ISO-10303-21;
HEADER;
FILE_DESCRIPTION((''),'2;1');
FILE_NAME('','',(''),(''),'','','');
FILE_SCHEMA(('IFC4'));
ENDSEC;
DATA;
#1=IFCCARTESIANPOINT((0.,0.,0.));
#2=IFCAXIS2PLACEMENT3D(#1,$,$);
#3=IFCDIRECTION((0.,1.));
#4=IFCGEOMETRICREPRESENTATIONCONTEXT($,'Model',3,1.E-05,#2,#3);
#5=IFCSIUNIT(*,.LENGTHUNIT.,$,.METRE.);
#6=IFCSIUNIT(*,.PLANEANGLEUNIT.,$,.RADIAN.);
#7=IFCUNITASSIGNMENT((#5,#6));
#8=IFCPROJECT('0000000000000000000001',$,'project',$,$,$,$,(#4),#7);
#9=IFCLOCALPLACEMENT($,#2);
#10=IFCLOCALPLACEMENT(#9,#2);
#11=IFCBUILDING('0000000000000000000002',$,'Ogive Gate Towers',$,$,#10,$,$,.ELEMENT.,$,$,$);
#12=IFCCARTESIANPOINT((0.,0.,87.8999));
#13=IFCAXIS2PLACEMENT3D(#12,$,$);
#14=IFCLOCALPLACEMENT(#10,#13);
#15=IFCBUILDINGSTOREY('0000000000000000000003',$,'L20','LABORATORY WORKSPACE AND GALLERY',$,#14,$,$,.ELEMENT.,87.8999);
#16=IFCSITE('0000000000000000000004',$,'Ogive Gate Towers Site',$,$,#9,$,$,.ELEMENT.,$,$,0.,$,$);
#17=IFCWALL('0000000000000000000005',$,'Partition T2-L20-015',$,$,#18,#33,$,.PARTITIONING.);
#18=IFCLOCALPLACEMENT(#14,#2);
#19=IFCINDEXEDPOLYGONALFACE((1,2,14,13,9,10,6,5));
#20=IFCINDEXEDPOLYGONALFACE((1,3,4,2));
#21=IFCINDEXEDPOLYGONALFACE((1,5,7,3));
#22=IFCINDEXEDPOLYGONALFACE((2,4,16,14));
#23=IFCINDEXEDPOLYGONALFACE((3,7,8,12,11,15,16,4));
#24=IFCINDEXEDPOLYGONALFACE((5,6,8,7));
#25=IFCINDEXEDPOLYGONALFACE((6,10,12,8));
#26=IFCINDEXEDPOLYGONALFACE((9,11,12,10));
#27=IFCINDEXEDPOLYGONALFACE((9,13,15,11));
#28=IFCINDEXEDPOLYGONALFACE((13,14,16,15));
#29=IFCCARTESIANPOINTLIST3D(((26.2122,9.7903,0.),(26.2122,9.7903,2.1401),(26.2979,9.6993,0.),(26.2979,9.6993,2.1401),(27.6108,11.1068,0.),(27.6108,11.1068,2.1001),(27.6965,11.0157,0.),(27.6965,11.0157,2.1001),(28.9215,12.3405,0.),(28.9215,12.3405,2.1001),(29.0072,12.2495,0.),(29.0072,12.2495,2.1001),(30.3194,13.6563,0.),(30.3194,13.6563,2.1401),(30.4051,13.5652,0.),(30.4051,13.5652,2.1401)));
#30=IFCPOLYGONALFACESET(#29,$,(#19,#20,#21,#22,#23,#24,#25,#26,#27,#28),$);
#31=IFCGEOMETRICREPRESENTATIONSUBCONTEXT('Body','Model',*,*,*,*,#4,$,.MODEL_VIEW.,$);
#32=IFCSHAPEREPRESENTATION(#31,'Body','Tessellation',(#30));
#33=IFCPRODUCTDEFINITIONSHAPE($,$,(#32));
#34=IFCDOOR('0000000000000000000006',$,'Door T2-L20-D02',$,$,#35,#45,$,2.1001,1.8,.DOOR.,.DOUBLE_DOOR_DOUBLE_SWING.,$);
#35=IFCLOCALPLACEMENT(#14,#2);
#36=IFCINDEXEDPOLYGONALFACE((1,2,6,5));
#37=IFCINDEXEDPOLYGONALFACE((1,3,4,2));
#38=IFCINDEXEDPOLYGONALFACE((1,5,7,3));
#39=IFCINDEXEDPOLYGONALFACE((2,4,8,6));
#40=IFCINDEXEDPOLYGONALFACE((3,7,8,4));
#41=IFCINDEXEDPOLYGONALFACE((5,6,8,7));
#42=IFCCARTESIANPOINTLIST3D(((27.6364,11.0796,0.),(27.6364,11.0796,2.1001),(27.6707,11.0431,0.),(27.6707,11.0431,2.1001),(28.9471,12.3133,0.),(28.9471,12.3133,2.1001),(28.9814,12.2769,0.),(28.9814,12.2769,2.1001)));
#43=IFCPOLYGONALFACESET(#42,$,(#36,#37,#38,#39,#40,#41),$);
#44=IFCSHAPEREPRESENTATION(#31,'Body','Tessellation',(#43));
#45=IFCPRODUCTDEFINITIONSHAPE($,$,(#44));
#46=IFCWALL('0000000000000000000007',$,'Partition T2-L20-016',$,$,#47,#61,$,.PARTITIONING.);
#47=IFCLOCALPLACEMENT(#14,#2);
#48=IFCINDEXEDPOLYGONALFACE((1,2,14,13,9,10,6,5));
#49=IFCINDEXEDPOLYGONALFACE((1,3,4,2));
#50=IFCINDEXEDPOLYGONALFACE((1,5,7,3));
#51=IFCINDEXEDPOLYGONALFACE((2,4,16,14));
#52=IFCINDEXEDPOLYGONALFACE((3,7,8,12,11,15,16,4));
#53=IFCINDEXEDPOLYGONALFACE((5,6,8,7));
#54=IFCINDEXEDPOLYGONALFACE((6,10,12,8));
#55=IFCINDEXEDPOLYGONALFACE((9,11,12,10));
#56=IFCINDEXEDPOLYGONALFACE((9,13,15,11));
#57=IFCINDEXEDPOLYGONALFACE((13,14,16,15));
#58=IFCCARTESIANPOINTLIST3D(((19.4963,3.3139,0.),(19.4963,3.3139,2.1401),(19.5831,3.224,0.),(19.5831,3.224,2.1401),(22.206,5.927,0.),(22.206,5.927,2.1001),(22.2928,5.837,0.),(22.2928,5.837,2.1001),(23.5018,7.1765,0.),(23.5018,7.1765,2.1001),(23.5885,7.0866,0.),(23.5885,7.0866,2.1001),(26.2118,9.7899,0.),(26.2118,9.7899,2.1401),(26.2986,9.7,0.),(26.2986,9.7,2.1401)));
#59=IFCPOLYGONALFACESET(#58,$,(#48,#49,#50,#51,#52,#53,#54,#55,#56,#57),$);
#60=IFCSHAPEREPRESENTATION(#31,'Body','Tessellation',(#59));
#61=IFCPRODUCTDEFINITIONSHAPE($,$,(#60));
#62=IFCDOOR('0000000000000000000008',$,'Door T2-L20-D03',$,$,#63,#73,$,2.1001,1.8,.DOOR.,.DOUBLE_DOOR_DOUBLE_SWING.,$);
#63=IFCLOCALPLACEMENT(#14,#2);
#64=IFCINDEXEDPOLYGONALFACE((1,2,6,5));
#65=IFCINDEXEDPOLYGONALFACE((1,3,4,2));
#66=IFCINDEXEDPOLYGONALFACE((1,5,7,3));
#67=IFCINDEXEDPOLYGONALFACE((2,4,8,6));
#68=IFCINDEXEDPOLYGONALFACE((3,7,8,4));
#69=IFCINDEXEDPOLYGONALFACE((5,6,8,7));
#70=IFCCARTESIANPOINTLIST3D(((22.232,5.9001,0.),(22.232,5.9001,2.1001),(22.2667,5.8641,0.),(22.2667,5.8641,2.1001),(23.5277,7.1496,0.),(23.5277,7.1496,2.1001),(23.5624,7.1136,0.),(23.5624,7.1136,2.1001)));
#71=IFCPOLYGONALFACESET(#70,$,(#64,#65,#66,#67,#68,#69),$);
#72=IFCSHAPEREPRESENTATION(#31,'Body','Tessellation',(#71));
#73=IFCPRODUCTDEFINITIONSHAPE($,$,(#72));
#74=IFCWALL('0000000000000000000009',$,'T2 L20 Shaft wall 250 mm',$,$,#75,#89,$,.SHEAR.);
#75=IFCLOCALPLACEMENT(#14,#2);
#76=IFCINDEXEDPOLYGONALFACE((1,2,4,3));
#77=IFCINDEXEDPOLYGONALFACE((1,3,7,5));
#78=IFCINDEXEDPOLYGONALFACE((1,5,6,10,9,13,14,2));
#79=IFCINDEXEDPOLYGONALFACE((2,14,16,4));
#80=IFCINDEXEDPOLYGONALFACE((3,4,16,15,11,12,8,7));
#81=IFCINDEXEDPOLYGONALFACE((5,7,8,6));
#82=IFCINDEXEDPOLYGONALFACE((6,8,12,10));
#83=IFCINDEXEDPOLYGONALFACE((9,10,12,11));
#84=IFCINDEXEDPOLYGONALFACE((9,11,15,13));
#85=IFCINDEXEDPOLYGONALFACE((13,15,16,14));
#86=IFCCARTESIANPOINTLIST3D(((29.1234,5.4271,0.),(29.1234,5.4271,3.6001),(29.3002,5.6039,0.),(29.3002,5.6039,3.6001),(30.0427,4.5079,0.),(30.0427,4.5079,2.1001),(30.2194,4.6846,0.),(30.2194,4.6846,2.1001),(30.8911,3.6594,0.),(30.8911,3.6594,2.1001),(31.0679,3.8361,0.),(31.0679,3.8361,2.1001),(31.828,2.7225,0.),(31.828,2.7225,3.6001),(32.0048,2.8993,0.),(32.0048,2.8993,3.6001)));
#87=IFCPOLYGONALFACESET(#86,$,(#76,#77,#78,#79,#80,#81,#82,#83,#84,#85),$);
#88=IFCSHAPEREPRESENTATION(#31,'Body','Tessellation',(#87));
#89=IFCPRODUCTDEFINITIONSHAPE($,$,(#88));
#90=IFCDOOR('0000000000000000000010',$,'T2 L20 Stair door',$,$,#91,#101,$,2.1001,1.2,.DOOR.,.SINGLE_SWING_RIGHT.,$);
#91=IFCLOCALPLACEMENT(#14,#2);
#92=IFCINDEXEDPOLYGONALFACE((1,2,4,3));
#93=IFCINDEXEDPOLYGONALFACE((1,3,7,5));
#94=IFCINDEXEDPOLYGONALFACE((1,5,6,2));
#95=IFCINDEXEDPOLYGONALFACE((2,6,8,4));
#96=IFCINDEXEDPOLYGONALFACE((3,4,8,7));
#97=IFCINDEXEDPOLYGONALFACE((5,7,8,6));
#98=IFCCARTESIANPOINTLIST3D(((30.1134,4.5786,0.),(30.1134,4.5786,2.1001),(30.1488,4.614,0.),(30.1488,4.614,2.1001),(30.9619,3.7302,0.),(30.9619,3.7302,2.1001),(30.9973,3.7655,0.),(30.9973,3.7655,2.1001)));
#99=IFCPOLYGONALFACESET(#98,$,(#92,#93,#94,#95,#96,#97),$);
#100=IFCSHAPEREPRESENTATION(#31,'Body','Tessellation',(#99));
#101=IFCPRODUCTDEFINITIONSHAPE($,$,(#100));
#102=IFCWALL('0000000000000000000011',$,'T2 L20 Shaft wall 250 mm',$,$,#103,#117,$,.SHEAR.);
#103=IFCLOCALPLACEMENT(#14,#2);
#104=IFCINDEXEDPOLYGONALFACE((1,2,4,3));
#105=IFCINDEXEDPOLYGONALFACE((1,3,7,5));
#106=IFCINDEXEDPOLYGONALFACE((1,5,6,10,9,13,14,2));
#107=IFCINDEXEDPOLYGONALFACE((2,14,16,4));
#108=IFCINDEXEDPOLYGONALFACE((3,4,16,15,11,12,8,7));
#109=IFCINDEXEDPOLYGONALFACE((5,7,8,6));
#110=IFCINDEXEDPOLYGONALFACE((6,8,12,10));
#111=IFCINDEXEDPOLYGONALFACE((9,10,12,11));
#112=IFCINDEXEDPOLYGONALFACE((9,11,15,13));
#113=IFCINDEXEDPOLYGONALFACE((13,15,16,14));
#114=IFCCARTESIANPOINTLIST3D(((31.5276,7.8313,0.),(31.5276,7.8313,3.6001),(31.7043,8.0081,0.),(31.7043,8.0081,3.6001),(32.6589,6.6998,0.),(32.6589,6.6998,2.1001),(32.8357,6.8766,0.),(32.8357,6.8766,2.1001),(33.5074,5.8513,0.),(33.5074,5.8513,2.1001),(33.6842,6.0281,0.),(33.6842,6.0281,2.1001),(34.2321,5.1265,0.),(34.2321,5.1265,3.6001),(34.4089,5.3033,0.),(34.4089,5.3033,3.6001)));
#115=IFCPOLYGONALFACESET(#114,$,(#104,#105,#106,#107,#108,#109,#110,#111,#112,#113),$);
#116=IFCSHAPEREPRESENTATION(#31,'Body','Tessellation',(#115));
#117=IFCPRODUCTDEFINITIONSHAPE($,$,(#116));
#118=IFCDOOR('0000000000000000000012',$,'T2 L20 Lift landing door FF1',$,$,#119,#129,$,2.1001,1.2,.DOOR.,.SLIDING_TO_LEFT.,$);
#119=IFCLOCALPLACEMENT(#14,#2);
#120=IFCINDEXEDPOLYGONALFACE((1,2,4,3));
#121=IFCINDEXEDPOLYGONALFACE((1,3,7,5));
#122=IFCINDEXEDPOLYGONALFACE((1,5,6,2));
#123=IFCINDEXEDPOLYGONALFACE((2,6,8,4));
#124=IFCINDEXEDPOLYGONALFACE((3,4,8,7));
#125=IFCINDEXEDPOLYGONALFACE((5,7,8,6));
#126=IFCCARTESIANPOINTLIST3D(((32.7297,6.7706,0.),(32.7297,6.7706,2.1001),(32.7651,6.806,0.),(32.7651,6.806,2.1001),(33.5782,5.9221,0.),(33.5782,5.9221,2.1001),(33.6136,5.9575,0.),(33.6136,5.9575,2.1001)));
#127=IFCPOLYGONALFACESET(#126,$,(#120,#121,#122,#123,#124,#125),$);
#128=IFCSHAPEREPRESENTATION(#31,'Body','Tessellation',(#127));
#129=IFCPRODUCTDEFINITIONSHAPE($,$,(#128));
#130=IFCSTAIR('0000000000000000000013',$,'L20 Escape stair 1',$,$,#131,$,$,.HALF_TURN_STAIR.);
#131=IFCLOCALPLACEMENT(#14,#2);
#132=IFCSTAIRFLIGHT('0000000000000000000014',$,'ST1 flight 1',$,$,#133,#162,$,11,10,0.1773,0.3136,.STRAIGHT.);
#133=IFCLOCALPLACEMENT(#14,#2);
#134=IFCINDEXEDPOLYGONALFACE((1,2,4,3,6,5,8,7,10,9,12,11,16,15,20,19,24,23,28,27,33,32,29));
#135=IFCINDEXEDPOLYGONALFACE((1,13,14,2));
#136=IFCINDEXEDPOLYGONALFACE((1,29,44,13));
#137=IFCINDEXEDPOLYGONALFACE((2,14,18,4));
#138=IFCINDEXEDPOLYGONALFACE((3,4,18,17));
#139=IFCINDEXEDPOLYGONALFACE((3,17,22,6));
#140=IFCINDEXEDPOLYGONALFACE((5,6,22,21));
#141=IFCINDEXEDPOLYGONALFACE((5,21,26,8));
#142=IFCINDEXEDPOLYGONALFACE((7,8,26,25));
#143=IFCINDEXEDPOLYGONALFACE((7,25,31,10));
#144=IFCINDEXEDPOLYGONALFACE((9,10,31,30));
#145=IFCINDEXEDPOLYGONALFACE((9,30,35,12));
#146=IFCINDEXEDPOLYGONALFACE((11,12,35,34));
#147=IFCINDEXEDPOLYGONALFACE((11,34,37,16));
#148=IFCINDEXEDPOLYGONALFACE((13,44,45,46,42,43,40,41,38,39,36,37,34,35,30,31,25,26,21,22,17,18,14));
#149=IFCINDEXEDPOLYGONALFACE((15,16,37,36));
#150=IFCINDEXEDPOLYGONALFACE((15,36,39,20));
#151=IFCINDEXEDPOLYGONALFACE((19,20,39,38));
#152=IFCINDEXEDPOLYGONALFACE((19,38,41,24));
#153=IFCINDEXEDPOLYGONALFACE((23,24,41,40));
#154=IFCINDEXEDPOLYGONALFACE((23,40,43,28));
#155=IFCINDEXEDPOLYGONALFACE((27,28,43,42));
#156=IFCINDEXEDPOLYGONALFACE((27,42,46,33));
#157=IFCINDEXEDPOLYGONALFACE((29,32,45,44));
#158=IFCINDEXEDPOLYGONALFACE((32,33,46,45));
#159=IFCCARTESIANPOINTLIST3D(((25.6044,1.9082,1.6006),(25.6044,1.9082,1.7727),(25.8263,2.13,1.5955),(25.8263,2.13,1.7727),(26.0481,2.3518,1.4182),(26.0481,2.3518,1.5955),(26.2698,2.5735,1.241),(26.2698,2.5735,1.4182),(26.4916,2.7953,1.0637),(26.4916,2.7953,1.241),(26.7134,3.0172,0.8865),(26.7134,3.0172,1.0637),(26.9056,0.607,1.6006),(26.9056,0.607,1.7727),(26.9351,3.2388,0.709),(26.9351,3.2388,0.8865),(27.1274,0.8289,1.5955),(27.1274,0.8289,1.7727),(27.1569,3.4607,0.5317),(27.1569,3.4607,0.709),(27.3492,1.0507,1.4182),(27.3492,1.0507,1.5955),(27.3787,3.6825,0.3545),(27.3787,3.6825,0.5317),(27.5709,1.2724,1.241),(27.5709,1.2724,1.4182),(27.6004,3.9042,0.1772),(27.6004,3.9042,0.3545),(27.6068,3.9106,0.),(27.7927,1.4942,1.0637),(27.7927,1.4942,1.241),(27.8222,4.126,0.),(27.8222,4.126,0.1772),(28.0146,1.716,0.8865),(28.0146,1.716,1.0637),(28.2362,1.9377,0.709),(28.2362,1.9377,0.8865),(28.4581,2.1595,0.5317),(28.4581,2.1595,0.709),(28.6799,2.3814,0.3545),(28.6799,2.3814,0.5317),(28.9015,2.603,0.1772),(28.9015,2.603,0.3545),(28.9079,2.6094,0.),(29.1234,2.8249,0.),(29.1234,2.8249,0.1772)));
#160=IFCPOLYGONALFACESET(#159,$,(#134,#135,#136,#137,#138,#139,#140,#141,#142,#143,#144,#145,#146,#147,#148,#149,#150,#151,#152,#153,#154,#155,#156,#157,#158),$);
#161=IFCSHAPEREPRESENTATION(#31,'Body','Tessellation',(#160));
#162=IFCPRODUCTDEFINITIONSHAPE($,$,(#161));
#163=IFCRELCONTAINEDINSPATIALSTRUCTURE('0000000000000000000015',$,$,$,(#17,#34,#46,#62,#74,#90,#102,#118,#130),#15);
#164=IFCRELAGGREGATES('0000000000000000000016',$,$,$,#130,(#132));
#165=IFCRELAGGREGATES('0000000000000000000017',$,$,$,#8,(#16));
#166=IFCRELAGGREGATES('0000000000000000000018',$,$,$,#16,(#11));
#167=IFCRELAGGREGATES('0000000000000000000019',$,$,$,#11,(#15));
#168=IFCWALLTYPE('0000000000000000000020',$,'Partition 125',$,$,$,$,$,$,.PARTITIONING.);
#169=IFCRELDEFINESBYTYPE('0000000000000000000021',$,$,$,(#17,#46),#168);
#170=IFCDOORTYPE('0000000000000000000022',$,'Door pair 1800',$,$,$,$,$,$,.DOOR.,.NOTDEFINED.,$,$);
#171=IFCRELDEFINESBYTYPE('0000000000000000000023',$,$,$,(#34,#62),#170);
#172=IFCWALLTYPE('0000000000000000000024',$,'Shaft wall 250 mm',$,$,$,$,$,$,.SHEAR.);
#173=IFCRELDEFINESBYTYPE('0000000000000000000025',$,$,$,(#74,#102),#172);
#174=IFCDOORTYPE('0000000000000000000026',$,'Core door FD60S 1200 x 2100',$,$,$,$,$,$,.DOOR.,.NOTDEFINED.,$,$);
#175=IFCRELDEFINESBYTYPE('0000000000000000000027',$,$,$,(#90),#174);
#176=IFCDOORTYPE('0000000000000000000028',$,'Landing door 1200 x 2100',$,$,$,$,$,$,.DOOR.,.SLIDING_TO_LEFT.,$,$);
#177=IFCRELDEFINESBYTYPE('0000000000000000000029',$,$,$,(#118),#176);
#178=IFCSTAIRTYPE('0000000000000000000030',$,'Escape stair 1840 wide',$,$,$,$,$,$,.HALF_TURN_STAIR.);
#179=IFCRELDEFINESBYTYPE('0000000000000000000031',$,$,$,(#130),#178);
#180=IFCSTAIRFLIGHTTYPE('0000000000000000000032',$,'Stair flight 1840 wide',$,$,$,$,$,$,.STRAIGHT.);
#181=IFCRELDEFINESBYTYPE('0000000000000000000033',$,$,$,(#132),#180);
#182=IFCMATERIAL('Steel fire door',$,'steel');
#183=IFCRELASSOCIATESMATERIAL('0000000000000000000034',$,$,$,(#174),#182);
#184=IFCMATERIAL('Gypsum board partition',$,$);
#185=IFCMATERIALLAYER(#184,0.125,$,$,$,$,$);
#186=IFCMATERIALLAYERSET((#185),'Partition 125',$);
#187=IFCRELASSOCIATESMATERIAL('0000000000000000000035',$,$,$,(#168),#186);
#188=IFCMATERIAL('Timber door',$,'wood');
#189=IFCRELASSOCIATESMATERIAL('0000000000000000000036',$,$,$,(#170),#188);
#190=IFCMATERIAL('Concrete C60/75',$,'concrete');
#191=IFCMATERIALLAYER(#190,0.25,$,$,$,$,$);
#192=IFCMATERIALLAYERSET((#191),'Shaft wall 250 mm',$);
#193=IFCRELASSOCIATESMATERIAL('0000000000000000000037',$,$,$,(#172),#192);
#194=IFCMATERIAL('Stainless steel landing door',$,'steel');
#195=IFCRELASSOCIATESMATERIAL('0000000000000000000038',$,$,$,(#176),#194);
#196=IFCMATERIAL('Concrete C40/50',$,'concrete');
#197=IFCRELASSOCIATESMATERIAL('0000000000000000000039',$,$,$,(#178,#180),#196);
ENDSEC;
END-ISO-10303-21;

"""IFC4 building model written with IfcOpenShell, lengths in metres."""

from ifc_helpers import new_model, si_unit, direction, frame, frame_2d, origin, place, context, subcontext, project, spatial, polyline, rectangle, outline, extrude, material, layer, layer_set, type_object, element, fill, aggregate, save


model = new_model("IFC4")

# Units and contexts
model_context = context("Model", 3, precision=1e-05, world=origin(), true_north=direction((0.0, 1.0)))
body_context = subcontext(model_context, "Body", "Model", "MODEL_VIEW")
ifc_project = project(units=[si_unit("LENGTHUNIT", "METRE"), si_unit("PLANEANGLEUNIT", "RADIAN")], contexts=[model_context])

# Site, building, storey
site_placement = place(None, origin())
site = spatial("IfcSite", under=ifc_project, at=site_placement, Name="Ogive Gate Towers Site", CompositionType="ELEMENT", RefElevation=0.0)
building_placement = place(site_placement, origin())
building = spatial("IfcBuilding", under=site, at=building_placement, Name="Ogive Gate Towers", CompositionType="ELEMENT")
storey_placement = place(building_placement, frame((0.0, 0.0, 87.8999)))
storey = spatial("IfcBuildingStorey", under=building, at=storey_placement, Name="L20", Description="LABORATORY WORKSPACE AND GALLERY", CompositionType="ELEMENT", Elevation=87.8999)

# Shared definitions
ifc_material_1 = material(Name="Concrete C40/50", Category="concrete")

# Shared definitions
ifc_material_2 = material(Name="Concrete C60/75", Category="concrete")
ifc_material_3 = material(Name="Timber door", Category="wood")
ifc_material_4 = material(Name="Steel fire door", Category="steel")
door_type_1 = type_object("IfcDoorType", Name="Core door FD60S 1200 x 2100", OperationType="NOTDEFINED", PredefinedType="DOOR", material=ifc_material_4)

# Walls, openings, doors
ifc_material_5 = material(Name="Gypsum board partition")
ifc_layer_1 = layer(ifc_material_5, 0.125)
ifc_layer_set_1 = layer_set([ifc_layer_1], Name="Partition 125")
wall_type_1 = type_object("IfcWallType", Name="Partition 125", PredefinedType="PARTITIONING", material=ifc_layer_set_1)
wall_1_placement = place(storey_placement, frame((30.3623, 13.6108, 0.0), z_axis=(0.0, 0.0, 1.0), x_axis=(-0.728166, -0.685401, 0.0)))
wall_1 = element("IfcWall", 1, at=wall_1_placement, inside=storey, type_object=wall_type_1, Name="Partition T2-L20-015", PredefinedType="PARTITIONING", context=body_context, shape_type="SweptSolid", body=[
    extrude(rectangle(XDim=5.6404, YDim=0.125, at=frame_2d((2.8203, 0.0))), origin(), (0.0, 0.0, 1.0), 2.1401),
])
opening_1_placement = place(wall_1_placement, frame((1.9199, 0.0, 0.0)))
opening_1 = element("IfcOpeningElement", 2, at=opening_1_placement, cuts=wall_1, PredefinedType="OPENING", context=body_context, shape_type="SweptSolid", body=[
    extrude(rectangle(XDim=1.8, YDim=2.1001, at=frame_2d((0.8999, 1.05))), frame((0.0, 0.0725, 0.0), z_axis=(0.0, -1.0, 0.0), x_axis=(1.0, 0.0, 0.0)), (0.0, 0.0, 1.0), 0.145),
])
door_type_2 = type_object("IfcDoorType", Name="Door pair 1800", OperationType="NOTDEFINED", PredefinedType="DOOR", material=ifc_material_3)
door_1_placement = place(opening_1_placement, origin())
door_1 = element("IfcDoor", 3, at=door_1_placement, inside=storey, type_object=door_type_2, Name="Door T2-L20-D02", OperationType="DOUBLE_DOOR_DOUBLE_SWING", OverallHeight=2.1001, OverallWidth=1.8, PredefinedType="DOOR", context=body_context, shape_type="SweptSolid", body=[
    extrude(rectangle(XDim=1.8, YDim=2.1001, at=frame_2d((0.8999, 1.05))), frame((0.0, 0.0249, 0.0), z_axis=(0.0, -1.0, 0.0), x_axis=(1.0, 0.0, 0.0)), (0.0, 0.0, 1.0), 0.05),
])
fill(opening_1, door_1)
wall_2_placement = place(storey_placement, frame((26.2551, 9.7449, 0.0), z_axis=(0.0, 0.0, 1.0), x_axis=(-0.719826, -0.694154, 0.0)))
wall_2 = element("IfcWall", 4, at=wall_2_placement, inside=storey, type_object=wall_type_1, Name="Partition T2-L20-016", PredefinedType="PARTITIONING", context=body_context, shape_type="SweptSolid", body=[
    extrude(rectangle(XDim=9.3293, YDim=0.125, at=frame_2d((4.6646, 0.0))), origin(), (0.0, 0.0, 1.0), 2.1401),
])
opening_2_placement = place(wall_2_placement, frame((3.7649, 0.0, 0.0)))
opening_2 = element("IfcOpeningElement", 5, at=opening_2_placement, cuts=wall_2, PredefinedType="OPENING", context=body_context, shape_type="SweptSolid", body=[
    extrude(rectangle(XDim=1.8, YDim=2.1001, at=frame_2d((0.8999, 1.05))), frame((0.0, 0.0725, 0.0), z_axis=(0.0, -1.0, 0.0), x_axis=(1.0, 0.0, 0.0)), (0.0, 0.0, 1.0), 0.145),
])
door_2_placement = place(opening_2_placement, origin())
door_2 = element("IfcDoor", 6, at=door_2_placement, inside=storey, type_object=door_type_2, Name="Door T2-L20-D03", OperationType="DOUBLE_DOOR_DOUBLE_SWING", OverallHeight=2.1001, OverallWidth=1.8, PredefinedType="DOOR", context=body_context, shape_type="SweptSolid", body=[
    extrude(rectangle(XDim=1.8, YDim=2.1001, at=frame_2d((0.8999, 1.05))), frame((0.0, 0.0249, 0.0), z_axis=(0.0, -1.0, 0.0), x_axis=(1.0, 0.0, 0.0)), (0.0, 0.0, 1.0), 0.05),
])
fill(opening_2, door_2)
ifc_layer_2 = layer(ifc_material_2, 0.25)
ifc_layer_set_2 = layer_set([ifc_layer_2], Name="Shaft wall 250 mm")
wall_type_2 = type_object("IfcWallType", Name="Shaft wall 250 mm", PredefinedType="SHEAR", material=ifc_layer_set_2)
wall_3_placement = place(storey_placement, frame((31.9165, 2.8108, 0.0), z_axis=(0.0, 0.0, 1.0), x_axis=(-0.707107, 0.707107, 0.0)))
wall_3 = element("IfcWall", 7, at=wall_3_placement, inside=storey, type_object=wall_type_2, Name="T2 L20 Shaft wall 250 mm", PredefinedType="SHEAR", context=body_context, shape_type="SweptSolid", body=[
    extrude(rectangle(XDim=3.825, YDim=0.25, at=frame_2d((1.9126, 0.0))), origin(), (0.0, 0.0, 1.0), 3.6001),
])
opening_3_placement = place(wall_3_placement, frame((1.325, 0.0, 0.0)))
opening_3 = element("IfcOpeningElement", 8, at=opening_3_placement, cuts=wall_3, PredefinedType="OPENING", context=body_context, shape_type="SweptSolid", body=[
    extrude(rectangle(XDim=1.2, YDim=2.1001, at=frame_2d((0.6001, 1.05))), frame((0.0, 0.135, 0.0), z_axis=(0.0, -1.0, 0.0), x_axis=(1.0, 0.0, 0.0)), (0.0, 0.0, 1.0), 0.27),
])
door_3_placement = place(opening_3_placement, origin())
door_3 = element("IfcDoor", 9, at=door_3_placement, inside=storey, type_object=door_type_1, Name="T2 L20 Stair door", OperationType="SINGLE_SWING_RIGHT", OverallHeight=2.1001, OverallWidth=1.2, PredefinedType="DOOR", context=body_context, shape_type="SweptSolid", body=[
    extrude(rectangle(XDim=1.2, YDim=2.1001, at=frame_2d((0.6001, 1.05))), frame((0.0, 0.0249, 0.0), z_axis=(0.0, -1.0, 0.0), x_axis=(1.0, 0.0, 0.0)), (0.0, 0.0, 1.0), 0.05),
])
fill(opening_3, door_3)
wall_4_placement = place(storey_placement, frame((34.3206, 5.2148, 0.0), z_axis=(0.0, 0.0, 1.0), x_axis=(-0.707075, 0.707139, 0.0)))
wall_4 = element("IfcWall", 10, at=wall_4_placement, inside=storey, type_object=wall_type_2, Name="T2 L20 Shaft wall 250 mm", PredefinedType="SHEAR", context=body_context, shape_type="SweptSolid", body=[
    extrude(rectangle(XDim=3.825, YDim=0.25, at=frame_2d((1.9126, 0.0))), origin(), (0.0, 0.0, 1.0), 3.6001),
])
opening_4_placement = place(wall_4_placement, frame((1.0249, 0.0, 0.0)))
opening_4 = element("IfcOpeningElement", 11, at=opening_4_placement, cuts=wall_4, PredefinedType="OPENING", context=body_context, shape_type="SweptSolid", body=[
    extrude(rectangle(XDim=1.2, YDim=2.1001, at=frame_2d((0.6001, 1.05))), frame((0.0, 0.135, 0.0), z_axis=(0.0, -1.0, 0.0), x_axis=(1.0, 0.0, 0.0)), (0.0, 0.0, 1.0), 0.27),
])
ifc_material_6 = material(Name="Stainless steel landing door", Category="steel")
door_type_3 = type_object("IfcDoorType", Name="Landing door 1200 x 2100", OperationType="SLIDING_TO_LEFT", PredefinedType="DOOR", material=ifc_material_6)
door_4_placement = place(opening_4_placement, origin())
door_4 = element("IfcDoor", 12, at=door_4_placement, inside=storey, type_object=door_type_3, Name="T2 L20 Lift landing door FF1", OperationType="SLIDING_TO_LEFT", OverallHeight=2.1001, OverallWidth=1.2, PredefinedType="DOOR", context=body_context, shape_type="SweptSolid", body=[
    extrude(rectangle(XDim=1.2, YDim=2.1001, at=frame_2d((0.6001, 1.05))), frame((0.0, 0.0249, 0.0), z_axis=(0.0, -1.0, 0.0), x_axis=(1.0, 0.0, 0.0)), (0.0, 0.0, 1.0), 0.05),
])
fill(opening_4, door_4)

# Stair, stair flight
stair_type = type_object("IfcStairType", Name="Escape stair 1840 wide", PredefinedType="HALF_TURN_STAIR", material=ifc_material_1)
stair_placement = place(storey_placement, origin())
stair = element("IfcStair", 13, at=stair_placement, inside=storey, type_object=stair_type, Name="L20 Escape stair 1", PredefinedType="HALF_TURN_STAIR")
stair_flight_type = type_object("IfcStairFlightType", Name="Stair flight 1840 wide", PredefinedType="STRAIGHT", material=ifc_material_1)
stair_flight_placement = place(storey_placement, frame((28.4729, 3.4753, 0.0), z_axis=(0.0, 0.0, 1.0), x_axis=(-0.707107, -0.707107, 0.0)))
stair_flight = element("IfcStairFlight", 14, at=stair_flight_placement, type_object=stair_flight_type, Name="ST1 flight 1", NumberOfRisers=11, NumberOfTreads=10, PredefinedType="STRAIGHT", RiserHeight=0.1773, TreadLength=0.3136, context=body_context, shape_type="SweptSolid", body=[
    extrude(outline(polyline([(0.0, 0.0), (0.0, 0.1772), (0.3137, 0.1772), (0.3137, 0.3545), (0.6272, 0.3545), (0.6272, 0.5317), (0.9409, 0.5317), (0.9409, 0.709), (1.2546, 0.709), (1.2546, 0.8865), (1.5681, 0.8865), (1.5681, 1.0637), (1.8818, 1.0637), (1.8818, 1.241), (2.1956, 1.241), (2.1956, 1.4182), (2.509, 1.4182), (2.509, 1.5955), (2.8228, 1.5955), (2.8228, 1.7727), (3.1365, 1.7727), (3.1365, 1.95), (3.1365, 1.6006), (0.3047, 0.0), (0.0, 0.0)])), frame((0.0, 0.9199, 0.0), z_axis=(0.0, -1.0, 0.0), x_axis=(1.0, 0.0, 0.0)), (0.0, 0.0, 1.0), 1.8401),
])
aggregate(stair, [stair_flight])

save(model, "model.ifc")
